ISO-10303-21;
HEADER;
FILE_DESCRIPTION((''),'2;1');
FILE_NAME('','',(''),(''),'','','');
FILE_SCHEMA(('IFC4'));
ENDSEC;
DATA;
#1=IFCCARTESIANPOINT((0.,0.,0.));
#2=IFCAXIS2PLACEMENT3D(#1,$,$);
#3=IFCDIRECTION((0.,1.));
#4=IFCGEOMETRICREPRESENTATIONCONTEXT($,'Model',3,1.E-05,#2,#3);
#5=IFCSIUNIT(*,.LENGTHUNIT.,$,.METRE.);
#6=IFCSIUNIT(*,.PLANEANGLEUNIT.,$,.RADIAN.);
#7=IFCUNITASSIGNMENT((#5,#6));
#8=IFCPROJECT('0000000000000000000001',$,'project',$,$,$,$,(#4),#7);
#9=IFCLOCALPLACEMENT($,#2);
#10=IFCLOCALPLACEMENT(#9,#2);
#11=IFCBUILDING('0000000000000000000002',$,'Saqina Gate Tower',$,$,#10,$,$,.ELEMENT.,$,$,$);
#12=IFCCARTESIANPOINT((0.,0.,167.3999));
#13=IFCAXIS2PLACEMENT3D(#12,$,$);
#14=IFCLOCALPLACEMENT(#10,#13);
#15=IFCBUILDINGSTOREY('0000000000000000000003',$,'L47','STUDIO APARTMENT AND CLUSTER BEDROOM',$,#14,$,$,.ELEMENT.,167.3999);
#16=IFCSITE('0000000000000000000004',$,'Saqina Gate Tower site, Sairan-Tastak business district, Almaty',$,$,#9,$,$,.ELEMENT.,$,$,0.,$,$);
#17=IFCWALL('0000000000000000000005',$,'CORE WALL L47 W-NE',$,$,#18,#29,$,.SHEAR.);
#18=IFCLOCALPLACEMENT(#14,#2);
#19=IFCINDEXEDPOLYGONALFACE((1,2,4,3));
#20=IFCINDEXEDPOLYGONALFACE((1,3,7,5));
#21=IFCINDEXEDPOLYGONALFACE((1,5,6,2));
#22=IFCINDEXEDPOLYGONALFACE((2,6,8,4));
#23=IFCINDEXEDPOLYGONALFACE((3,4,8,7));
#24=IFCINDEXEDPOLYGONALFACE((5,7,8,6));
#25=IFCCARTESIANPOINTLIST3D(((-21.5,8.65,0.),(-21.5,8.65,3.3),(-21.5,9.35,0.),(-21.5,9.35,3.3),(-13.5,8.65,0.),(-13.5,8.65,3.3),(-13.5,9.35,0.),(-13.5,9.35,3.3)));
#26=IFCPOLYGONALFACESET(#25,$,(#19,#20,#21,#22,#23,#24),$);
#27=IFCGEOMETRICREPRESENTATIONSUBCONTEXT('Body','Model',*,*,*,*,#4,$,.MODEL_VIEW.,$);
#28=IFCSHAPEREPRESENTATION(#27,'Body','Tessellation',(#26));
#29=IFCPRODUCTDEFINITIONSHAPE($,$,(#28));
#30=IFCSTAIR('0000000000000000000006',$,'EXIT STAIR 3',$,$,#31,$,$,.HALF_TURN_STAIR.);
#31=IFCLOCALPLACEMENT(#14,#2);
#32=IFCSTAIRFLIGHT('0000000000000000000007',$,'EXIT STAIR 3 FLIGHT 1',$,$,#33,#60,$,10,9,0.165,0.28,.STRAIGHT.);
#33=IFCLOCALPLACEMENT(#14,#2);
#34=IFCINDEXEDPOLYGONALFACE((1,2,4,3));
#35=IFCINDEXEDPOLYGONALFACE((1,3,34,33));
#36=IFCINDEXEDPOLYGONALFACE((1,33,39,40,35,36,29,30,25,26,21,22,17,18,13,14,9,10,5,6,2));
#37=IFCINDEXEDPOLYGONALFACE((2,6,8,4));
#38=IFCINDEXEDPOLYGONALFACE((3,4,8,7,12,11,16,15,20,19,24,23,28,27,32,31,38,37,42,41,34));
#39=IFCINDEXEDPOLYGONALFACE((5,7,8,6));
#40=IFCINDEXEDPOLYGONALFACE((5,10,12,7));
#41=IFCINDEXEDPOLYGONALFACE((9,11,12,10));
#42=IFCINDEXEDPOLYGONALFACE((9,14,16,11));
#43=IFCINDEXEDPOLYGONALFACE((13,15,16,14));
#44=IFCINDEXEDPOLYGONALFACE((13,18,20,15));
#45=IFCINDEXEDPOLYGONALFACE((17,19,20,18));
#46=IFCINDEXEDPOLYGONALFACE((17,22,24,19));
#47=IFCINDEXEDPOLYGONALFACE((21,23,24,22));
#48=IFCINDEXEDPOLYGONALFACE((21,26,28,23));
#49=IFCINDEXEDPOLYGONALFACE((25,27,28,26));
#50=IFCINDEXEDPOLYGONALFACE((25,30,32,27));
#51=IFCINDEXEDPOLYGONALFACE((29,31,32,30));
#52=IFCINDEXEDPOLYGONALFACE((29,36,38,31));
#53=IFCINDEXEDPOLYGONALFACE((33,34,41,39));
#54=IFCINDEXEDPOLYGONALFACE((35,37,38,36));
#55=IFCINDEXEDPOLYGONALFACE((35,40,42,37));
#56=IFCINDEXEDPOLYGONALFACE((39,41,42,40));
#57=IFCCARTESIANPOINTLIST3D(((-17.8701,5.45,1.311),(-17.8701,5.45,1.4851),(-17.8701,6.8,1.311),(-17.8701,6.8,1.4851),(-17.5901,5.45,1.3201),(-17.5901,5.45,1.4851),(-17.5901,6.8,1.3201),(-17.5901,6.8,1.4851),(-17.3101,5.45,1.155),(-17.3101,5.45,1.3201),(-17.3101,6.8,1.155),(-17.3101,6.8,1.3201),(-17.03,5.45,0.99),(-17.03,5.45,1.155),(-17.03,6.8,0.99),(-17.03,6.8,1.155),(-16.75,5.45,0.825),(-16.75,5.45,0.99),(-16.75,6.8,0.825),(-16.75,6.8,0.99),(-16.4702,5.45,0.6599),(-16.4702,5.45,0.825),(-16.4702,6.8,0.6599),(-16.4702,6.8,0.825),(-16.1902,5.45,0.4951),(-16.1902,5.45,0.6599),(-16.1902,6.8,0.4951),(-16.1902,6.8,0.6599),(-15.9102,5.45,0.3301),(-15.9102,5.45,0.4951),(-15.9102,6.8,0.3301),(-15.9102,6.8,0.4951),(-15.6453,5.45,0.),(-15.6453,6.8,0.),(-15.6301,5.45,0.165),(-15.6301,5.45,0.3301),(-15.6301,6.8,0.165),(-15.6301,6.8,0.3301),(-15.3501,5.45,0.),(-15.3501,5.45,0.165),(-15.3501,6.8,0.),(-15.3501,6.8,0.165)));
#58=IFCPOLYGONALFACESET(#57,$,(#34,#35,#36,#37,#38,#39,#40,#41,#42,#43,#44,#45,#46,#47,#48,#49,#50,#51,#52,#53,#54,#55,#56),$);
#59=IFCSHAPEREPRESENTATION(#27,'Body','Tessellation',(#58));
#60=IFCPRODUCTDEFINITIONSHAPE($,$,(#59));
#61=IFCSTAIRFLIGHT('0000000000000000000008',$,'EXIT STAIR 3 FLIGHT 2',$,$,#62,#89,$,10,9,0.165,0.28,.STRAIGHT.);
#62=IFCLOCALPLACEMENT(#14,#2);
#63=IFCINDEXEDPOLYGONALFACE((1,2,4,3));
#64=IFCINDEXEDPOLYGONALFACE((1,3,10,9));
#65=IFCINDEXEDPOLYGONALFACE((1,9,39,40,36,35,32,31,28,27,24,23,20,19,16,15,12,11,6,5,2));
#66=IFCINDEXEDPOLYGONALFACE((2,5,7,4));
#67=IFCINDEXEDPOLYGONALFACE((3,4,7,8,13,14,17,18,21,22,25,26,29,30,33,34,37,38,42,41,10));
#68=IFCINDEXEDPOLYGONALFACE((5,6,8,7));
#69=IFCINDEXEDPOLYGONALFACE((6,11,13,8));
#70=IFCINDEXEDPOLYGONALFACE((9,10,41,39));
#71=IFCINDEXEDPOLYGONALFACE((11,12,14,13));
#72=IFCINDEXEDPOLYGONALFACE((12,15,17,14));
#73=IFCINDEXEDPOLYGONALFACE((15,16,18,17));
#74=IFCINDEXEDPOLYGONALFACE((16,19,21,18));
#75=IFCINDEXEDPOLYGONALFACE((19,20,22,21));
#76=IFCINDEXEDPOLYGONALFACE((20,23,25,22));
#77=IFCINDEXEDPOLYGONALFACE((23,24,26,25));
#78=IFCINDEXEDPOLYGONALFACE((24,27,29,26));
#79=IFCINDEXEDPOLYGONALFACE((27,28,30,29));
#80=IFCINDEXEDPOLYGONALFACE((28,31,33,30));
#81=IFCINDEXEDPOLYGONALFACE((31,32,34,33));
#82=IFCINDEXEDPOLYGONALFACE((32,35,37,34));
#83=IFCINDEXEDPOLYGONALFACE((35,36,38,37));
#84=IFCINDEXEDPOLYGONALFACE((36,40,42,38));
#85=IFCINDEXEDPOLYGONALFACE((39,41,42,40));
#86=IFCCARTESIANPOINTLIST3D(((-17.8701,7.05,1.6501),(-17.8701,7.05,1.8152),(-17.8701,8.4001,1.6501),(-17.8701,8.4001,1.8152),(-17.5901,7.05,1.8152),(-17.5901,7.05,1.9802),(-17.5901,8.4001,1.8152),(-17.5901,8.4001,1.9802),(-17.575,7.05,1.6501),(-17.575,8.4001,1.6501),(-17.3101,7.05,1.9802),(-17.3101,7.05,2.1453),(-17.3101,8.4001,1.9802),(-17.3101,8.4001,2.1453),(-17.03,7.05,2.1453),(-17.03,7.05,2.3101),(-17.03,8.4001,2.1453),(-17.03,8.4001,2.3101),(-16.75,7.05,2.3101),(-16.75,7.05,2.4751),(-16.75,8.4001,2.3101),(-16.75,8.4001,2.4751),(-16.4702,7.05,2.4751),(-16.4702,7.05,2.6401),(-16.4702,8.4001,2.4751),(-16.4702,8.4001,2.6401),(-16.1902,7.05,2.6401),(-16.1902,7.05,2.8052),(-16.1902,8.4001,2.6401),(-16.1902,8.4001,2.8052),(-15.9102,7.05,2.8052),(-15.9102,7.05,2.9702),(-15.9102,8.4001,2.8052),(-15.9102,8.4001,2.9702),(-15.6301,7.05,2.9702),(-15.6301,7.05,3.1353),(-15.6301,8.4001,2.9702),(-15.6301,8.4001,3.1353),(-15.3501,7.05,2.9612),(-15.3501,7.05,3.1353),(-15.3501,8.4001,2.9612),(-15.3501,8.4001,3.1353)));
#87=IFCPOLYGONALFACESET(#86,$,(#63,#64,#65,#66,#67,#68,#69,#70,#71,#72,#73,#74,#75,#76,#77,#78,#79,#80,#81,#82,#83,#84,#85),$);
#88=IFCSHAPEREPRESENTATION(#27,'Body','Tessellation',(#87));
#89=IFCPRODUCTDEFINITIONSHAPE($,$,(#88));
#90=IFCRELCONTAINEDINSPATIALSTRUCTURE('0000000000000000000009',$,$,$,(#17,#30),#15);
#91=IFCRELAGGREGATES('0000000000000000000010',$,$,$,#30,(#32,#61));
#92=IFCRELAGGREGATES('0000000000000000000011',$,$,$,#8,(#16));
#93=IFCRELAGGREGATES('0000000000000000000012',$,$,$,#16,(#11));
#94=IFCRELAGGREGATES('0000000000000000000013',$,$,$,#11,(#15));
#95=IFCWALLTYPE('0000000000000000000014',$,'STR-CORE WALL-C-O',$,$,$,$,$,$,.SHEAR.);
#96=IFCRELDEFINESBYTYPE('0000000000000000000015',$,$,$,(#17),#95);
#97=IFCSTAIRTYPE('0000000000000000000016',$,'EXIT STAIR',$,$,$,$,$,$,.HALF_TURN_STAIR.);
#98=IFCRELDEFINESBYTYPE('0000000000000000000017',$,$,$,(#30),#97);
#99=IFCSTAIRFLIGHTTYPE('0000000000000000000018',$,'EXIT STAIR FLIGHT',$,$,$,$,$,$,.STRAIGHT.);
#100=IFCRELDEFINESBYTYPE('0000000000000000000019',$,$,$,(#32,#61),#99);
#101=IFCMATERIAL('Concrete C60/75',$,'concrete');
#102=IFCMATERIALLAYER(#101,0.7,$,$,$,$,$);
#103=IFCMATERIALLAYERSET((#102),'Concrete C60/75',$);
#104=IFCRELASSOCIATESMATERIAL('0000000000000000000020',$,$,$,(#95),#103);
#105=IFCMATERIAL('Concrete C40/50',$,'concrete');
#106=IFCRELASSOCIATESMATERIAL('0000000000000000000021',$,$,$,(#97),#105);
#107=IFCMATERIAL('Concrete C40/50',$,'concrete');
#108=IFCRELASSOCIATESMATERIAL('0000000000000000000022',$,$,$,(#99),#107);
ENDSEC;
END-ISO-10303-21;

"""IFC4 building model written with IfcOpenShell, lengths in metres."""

from ifc_helpers import new_model, si_unit, direction, frame, frame_2d, origin, place, context, subcontext, project, spatial, polyline, rectangle, outline, extrude, material, layer, layer_set, type_object, element, aggregate, save


model = new_model("IFC4")

# Units and contexts
model_context = context("Model", 3, precision=1e-05, world=origin(), true_north=direction((0.0, 1.0)))
body_context = subcontext(model_context, "Body", "Model", "MODEL_VIEW")
ifc_project = project(units=[si_unit("LENGTHUNIT", "METRE"), si_unit("PLANEANGLEUNIT", "RADIAN")], contexts=[model_context])

# Site, building, storey
site_placement = place(None, origin())
site = spatial("IfcSite", under=ifc_project, at=site_placement, Name="Saqina Gate Tower site, Sairan-Tastak business district, Almaty", CompositionType="ELEMENT", RefElevation=0.0)
building_placement = place(site_placement, origin())
building = spatial("IfcBuilding", under=site, at=building_placement, Name="Saqina Gate Tower", CompositionType="ELEMENT")
storey_placement = place(building_placement, frame((0.0, 0.0, 167.3999)))
storey = spatial("IfcBuildingStorey", under=building, at=storey_placement, Name="L47", Description="STUDIO APARTMENT AND CLUSTER BEDROOM", CompositionType="ELEMENT", Elevation=167.3999)

# Wall
ifc_material_1 = material(Name="Concrete C60/75", Category="concrete")
ifc_layer_1 = layer(ifc_material_1, 0.7)
ifc_layer_set_1 = layer_set([ifc_layer_1], Name="Concrete C60/75")
wall_type_1 = type_object("IfcWallType", Name="STR-CORE WALL-C-O", PredefinedType="SHEAR", material=ifc_layer_set_1)
wall_1_placement = place(storey_placement, frame((-13.5, 9.0, 0.0), z_axis=(0.0, 0.0, 1.0), x_axis=(-1.0, 0.0, 0.0)))
element("IfcWall", 1, at=wall_1_placement, inside=storey, type_object=wall_type_1, Name="CORE WALL L47 W-NE", PredefinedType="SHEAR", context=body_context, shape_type="SweptSolid", body=[
    extrude(rectangle(XDim=8.0, YDim=0.7, at=frame_2d((4.0, 0.0))), origin(), (0.0, 0.0, 1.0), 3.3),
])

# Stair, stair flights
ifc_material_2 = material(Name="Concrete C40/50", Category="concrete")
stair_type = type_object("IfcStairType", Name="EXIT STAIR", PredefinedType="HALF_TURN_STAIR", material=ifc_material_2)
stair_placement = place(storey_placement, origin())
stair = element("IfcStair", 2, at=stair_placement, inside=storey, type_object=stair_type, Name="EXIT STAIR 3", PredefinedType="HALF_TURN_STAIR")
ifc_material_3 = material(Name="Concrete C40/50", Category="concrete")
stair_flight_type = type_object("IfcStairFlightType", Name="EXIT STAIR FLIGHT", PredefinedType="STRAIGHT", material=ifc_material_3)
stair_flight_1_placement = place(storey_placement, frame((-15.3501, 6.125, 0.0), z_axis=(0.0, 0.0, 1.0), x_axis=(-1.0, 0.0, 0.0)))
stair_flight_1 = element("IfcStairFlight", 3, at=stair_flight_1_placement, type_object=stair_flight_type, Name="EXIT STAIR 3 FLIGHT 1", NumberOfRisers=10, NumberOfTreads=9, PredefinedType="STRAIGHT", RiserHeight=0.165, TreadLength=0.28, context=body_context, shape_type="SweptSolid", body=[
    extrude(outline(polyline([(0.0, 0.0), (0.0, 0.165), (0.28, 0.165), (0.28, 0.3301), (0.5601, 0.3301), (0.5601, 0.4951), (0.8401, 0.4951), (0.8401, 0.6599), (1.1201, 0.6599), (1.1201, 0.825), (1.3999, 0.825), (1.3999, 0.99), (1.6799, 0.99), (1.6799, 1.155), (1.96, 1.155), (1.96, 1.3201), (2.24, 1.3201), (2.24, 1.4851), (2.52, 1.4851), (2.52, 1.6499), (2.52, 1.311), (0.2952, 0.0), (0.0, 0.0)])), frame((0.0, 0.675, 0.0), z_axis=(0.0, -1.0, 0.0), x_axis=(1.0, 0.0, 0.0)), (0.0, 0.0, 1.0), 1.3501),
])
stair_flight_2_placement = place(storey_placement, frame((-17.8701, 7.7251, 1.6501), z_axis=(0.0, 0.0, 1.0), x_axis=(1.0, 0.0, 0.0)))
stair_flight_2 = element("IfcStairFlight", 4, at=stair_flight_2_placement, type_object=stair_flight_type, Name="EXIT STAIR 3 FLIGHT 2", NumberOfRisers=10, NumberOfTreads=9, PredefinedType="STRAIGHT", RiserHeight=0.165, TreadLength=0.28, context=body_context, shape_type="SweptSolid", body=[
    extrude(outline(polyline([(0.0, 0.0), (0.0, 0.165), (0.28, 0.165), (0.28, 0.3301), (0.5601, 0.3301), (0.5601, 0.4951), (0.8401, 0.4951), (0.8401, 0.6599), (1.1201, 0.6599), (1.1201, 0.825), (1.3999, 0.825), (1.3999, 0.99), (1.6799, 0.99), (1.6799, 1.155), (1.96, 1.155), (1.96, 1.3201), (2.24, 1.3201), (2.24, 1.4851), (2.52, 1.4851), (2.52, 1.6499), (2.52, 1.311), (0.2952, 0.0), (0.0, 0.0)])), frame((0.0, 0.675, 0.0), z_axis=(0.0, -1.0, 0.0), x_axis=(1.0, 0.0, 0.0)), (0.0, 0.0, 1.0), 1.3501),
])
aggregate(stair, [stair_flight_1, stair_flight_2])

save(model, "model.ifc")
